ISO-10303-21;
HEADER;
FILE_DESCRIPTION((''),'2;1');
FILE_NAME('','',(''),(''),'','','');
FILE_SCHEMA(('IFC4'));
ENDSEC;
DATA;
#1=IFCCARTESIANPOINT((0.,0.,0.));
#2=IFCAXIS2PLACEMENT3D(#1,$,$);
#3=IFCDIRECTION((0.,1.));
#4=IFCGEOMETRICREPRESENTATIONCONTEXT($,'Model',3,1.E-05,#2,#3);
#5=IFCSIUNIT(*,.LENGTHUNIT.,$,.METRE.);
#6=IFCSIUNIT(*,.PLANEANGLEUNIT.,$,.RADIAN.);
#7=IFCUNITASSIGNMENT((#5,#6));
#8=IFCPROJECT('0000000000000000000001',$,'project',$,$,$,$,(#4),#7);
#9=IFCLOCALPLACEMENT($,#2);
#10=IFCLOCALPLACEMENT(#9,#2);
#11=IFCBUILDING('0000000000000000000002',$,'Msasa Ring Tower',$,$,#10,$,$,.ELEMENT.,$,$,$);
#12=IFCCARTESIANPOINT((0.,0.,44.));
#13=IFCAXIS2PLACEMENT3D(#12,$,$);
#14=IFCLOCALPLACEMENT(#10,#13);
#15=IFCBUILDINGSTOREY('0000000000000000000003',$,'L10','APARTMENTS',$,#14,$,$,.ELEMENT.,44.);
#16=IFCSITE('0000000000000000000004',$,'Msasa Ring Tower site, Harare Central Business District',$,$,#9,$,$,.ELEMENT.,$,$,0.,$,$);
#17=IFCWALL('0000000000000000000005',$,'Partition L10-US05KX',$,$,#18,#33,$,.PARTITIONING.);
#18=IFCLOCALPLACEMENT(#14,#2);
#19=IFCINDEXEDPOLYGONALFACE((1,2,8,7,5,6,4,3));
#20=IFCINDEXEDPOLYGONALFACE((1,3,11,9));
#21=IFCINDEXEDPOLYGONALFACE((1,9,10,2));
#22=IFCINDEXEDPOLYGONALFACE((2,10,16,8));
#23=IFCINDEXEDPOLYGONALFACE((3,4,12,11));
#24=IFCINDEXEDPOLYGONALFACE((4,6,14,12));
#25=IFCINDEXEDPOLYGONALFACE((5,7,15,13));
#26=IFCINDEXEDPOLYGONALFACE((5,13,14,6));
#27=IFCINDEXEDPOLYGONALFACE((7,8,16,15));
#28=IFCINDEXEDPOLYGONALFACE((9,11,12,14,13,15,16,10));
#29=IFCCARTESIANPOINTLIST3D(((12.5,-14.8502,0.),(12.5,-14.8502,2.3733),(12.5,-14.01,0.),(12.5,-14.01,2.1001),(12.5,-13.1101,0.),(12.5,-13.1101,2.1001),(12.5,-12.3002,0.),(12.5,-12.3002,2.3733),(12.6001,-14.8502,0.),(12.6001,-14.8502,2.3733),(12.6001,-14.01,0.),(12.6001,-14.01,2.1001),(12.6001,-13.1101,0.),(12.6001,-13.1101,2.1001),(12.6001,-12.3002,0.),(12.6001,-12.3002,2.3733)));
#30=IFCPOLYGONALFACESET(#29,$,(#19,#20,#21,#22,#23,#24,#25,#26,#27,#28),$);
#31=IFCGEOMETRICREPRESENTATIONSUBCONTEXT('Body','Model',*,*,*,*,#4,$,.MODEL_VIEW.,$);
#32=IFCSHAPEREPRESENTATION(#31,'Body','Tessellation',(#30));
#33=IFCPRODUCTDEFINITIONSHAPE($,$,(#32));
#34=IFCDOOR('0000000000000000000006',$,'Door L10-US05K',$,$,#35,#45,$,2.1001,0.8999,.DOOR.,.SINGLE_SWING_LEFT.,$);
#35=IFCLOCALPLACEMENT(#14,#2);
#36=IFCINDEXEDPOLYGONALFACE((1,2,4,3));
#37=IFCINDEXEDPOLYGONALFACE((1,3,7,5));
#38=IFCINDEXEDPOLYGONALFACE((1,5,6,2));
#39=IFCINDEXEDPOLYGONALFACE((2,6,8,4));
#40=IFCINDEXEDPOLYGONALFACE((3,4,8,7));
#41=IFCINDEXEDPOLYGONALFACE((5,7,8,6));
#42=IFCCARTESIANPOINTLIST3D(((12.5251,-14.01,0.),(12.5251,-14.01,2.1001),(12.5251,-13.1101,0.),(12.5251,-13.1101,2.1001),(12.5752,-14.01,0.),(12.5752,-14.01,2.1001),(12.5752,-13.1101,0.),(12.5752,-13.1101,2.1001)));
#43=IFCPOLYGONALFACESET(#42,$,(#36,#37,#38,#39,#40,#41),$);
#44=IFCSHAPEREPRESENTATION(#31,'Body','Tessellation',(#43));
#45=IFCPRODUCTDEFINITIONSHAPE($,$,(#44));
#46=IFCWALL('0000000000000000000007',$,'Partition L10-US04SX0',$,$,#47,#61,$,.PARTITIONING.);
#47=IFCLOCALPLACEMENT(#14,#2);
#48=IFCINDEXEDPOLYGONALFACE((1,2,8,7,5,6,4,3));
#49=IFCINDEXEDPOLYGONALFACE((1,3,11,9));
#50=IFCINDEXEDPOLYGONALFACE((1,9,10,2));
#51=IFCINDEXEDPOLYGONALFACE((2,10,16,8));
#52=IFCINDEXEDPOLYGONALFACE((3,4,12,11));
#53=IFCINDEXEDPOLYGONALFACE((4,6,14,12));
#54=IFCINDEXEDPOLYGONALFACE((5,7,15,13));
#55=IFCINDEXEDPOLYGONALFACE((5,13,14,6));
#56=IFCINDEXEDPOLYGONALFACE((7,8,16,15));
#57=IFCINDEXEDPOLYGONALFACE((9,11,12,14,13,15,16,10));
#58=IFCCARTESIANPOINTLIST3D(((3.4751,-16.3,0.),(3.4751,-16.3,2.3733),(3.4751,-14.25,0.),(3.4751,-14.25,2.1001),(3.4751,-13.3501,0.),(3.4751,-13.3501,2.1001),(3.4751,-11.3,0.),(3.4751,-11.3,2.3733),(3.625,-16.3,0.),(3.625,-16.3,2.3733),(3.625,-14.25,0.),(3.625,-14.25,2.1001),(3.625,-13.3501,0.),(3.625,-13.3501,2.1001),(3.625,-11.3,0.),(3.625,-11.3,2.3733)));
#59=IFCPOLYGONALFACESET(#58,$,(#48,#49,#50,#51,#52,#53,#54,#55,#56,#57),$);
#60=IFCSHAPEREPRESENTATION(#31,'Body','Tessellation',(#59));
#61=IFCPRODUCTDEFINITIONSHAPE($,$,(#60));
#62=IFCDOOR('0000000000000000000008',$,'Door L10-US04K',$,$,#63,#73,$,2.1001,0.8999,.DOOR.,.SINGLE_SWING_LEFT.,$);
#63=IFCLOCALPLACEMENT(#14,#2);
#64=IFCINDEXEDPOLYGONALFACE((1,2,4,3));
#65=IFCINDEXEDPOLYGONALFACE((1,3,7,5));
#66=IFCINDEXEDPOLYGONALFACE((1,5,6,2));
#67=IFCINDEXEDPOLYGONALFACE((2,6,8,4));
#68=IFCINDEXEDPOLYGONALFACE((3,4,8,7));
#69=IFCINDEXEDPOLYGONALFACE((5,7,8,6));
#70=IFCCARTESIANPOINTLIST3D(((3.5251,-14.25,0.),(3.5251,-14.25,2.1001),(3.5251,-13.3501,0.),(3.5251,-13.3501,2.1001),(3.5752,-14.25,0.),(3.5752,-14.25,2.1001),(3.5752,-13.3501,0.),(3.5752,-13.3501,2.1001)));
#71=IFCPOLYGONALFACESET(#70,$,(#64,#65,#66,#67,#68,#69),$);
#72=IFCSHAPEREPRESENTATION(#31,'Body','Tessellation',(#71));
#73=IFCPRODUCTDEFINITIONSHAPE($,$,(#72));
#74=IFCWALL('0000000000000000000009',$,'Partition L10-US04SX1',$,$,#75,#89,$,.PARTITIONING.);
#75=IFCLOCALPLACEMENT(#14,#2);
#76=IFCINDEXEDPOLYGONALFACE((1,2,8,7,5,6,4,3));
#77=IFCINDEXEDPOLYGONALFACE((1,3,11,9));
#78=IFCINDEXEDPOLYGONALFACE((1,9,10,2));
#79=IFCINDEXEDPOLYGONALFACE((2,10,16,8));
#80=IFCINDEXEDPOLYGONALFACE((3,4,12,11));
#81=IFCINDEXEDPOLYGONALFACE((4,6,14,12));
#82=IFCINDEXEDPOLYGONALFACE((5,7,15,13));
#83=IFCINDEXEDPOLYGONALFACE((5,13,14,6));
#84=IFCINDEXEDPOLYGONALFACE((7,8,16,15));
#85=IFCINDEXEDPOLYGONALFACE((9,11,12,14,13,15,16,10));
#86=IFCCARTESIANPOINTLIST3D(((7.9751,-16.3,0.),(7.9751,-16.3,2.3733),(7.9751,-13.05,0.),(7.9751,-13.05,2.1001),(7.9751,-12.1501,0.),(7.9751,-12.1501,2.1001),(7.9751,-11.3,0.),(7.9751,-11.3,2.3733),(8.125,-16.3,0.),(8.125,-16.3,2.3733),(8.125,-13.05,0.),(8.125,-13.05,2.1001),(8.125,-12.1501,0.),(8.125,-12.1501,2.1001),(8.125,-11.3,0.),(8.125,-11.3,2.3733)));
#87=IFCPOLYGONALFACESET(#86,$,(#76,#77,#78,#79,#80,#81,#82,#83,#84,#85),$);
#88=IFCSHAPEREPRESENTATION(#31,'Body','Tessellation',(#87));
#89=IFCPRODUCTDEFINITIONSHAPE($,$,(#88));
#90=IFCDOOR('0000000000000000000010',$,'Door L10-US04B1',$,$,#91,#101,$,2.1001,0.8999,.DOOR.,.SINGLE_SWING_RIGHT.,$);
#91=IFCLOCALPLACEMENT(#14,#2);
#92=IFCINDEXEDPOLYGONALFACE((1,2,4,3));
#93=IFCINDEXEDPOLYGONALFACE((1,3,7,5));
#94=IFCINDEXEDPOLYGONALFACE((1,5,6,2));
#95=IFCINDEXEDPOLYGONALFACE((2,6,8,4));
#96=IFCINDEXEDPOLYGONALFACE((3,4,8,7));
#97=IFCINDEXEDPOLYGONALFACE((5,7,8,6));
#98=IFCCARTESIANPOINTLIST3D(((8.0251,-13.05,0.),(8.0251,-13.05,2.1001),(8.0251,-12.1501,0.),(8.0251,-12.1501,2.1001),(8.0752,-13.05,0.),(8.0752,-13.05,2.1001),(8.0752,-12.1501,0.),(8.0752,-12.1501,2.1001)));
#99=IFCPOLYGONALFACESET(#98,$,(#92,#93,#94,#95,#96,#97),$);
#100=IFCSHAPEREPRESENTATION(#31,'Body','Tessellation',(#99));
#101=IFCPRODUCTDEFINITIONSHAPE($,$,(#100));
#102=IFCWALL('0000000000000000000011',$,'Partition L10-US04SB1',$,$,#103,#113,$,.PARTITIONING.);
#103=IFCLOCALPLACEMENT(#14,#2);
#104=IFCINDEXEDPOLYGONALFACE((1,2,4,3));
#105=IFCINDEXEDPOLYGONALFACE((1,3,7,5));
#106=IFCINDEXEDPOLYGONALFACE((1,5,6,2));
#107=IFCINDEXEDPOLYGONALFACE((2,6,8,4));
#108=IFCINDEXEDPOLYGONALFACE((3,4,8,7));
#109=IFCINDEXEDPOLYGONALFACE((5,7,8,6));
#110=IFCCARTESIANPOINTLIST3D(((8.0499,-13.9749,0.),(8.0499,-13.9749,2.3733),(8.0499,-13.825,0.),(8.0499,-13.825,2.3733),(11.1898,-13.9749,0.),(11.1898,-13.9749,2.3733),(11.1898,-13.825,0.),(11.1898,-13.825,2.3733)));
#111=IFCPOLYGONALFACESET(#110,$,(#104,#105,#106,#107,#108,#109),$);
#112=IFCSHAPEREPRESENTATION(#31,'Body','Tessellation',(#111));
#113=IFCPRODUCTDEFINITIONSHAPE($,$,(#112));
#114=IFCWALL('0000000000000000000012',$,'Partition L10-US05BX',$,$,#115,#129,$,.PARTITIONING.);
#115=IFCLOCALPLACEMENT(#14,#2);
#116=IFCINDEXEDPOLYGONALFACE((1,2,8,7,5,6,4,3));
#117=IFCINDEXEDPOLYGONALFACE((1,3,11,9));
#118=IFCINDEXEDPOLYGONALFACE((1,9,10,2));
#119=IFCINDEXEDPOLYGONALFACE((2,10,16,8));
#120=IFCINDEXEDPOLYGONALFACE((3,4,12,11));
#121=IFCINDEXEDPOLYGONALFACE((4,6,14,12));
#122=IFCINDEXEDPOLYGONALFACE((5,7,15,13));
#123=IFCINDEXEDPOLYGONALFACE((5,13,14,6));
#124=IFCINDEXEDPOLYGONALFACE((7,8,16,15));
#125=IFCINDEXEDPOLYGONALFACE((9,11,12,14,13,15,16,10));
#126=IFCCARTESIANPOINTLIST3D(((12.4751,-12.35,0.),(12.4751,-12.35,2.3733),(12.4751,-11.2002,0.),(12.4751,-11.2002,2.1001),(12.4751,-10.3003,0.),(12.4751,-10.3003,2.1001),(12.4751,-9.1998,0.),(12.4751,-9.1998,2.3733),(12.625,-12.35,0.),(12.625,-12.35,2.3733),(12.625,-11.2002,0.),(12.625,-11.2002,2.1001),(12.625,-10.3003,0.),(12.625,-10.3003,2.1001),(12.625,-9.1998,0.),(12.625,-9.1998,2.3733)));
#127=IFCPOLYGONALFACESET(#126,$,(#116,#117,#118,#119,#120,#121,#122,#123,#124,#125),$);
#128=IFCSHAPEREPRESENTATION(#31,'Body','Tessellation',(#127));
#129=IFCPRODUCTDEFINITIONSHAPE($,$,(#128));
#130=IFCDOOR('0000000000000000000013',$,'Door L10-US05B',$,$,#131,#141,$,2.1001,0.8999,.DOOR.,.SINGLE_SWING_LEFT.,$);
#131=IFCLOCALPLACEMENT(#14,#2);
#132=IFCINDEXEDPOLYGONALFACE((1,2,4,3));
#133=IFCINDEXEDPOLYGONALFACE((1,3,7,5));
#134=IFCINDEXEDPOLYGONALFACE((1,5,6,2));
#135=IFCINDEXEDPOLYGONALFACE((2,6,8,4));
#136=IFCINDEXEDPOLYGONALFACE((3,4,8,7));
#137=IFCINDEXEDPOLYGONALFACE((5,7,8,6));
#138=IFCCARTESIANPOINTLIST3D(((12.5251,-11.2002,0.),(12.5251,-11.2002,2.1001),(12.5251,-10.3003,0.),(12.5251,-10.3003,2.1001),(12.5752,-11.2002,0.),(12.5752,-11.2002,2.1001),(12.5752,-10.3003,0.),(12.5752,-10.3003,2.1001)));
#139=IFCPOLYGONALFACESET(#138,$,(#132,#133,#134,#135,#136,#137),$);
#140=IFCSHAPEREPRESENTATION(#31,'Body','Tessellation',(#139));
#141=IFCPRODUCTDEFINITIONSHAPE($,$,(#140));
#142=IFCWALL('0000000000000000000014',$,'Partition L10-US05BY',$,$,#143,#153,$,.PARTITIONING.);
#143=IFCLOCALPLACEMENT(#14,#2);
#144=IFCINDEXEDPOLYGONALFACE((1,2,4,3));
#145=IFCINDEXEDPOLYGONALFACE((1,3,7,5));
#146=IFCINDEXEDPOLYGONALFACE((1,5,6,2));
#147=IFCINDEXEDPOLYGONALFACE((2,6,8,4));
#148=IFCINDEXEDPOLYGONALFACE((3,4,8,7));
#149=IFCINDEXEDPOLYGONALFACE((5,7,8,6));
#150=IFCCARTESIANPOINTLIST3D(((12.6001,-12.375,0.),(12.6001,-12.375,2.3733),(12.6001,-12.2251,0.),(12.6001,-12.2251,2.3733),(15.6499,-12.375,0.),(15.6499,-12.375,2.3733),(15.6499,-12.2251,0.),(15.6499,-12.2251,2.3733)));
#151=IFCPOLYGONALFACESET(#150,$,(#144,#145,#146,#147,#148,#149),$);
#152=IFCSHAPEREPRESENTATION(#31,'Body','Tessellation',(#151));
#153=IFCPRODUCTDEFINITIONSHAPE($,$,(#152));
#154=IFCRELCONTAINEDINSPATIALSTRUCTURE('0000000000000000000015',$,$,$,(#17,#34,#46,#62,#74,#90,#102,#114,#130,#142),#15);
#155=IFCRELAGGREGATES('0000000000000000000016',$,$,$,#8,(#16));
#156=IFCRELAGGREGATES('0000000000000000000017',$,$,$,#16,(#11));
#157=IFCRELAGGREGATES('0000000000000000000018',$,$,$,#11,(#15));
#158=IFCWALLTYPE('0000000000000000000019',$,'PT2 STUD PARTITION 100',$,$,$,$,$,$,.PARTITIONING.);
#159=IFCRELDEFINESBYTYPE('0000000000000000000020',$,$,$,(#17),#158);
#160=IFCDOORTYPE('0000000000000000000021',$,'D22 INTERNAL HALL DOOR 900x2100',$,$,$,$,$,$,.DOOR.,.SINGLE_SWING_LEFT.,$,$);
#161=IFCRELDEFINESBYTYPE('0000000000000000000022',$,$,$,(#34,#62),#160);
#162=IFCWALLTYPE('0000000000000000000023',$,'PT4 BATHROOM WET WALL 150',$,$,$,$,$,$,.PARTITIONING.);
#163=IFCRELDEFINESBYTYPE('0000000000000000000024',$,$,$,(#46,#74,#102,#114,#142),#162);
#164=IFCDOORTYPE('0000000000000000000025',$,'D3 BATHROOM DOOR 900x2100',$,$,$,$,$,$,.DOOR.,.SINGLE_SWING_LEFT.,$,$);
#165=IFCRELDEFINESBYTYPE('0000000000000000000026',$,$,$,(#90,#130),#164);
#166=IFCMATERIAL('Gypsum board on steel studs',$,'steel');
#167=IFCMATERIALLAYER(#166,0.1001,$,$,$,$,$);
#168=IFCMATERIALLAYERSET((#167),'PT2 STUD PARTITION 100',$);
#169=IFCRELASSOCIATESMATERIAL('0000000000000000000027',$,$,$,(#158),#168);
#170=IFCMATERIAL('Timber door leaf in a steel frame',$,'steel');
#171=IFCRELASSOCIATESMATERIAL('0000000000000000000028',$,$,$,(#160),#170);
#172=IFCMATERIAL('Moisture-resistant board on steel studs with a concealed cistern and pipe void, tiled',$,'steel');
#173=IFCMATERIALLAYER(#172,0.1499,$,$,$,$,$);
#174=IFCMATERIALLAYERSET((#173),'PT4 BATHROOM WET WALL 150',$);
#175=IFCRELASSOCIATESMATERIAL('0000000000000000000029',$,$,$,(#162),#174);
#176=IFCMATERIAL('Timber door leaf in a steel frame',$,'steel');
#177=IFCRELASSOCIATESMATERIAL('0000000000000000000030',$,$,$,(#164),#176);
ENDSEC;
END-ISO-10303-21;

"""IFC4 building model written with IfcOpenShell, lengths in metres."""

from ifc_helpers import new_model, si_unit, direction, frame, frame_2d, origin, place, context, subcontext, project, spatial, rectangle, extrude, material, layer, layer_set, type_object, element, fill, save


model = new_model("IFC4")

# Units and contexts
model_context = context("Model", 3, precision=1e-05, world=origin(), true_north=direction((0.0, 1.0)))
body_context = subcontext(model_context, "Body", "Model", "MODEL_VIEW")
ifc_project = project(units=[si_unit("LENGTHUNIT", "METRE"), si_unit("PLANEANGLEUNIT", "RADIAN")], contexts=[model_context])

# Site, building, storey
site_placement = place(None, origin())
site = spatial("IfcSite", under=ifc_project, at=site_placement, Name="Msasa Ring Tower site, Harare Central Business District", CompositionType="ELEMENT", RefElevation=0.0)
building_placement = place(site_placement, origin())
building = spatial("IfcBuilding", under=site, at=building_placement, Name="Msasa Ring Tower", CompositionType="ELEMENT")
storey_placement = place(building_placement, frame((0.0, 0.0, 44.0)))
storey = spatial("IfcBuildingStorey", under=building, at=storey_placement, Name="L10", Description="APARTMENTS", CompositionType="ELEMENT", Elevation=44.0)

# Shared definitions
ifc_material_1 = material(Name="Gypsum board on steel studs", Category="steel")
ifc_layer_1 = layer(ifc_material_1, 0.1001)
ifc_layer_set_1 = layer_set([ifc_layer_1], Name="PT2 STUD PARTITION 100")
wall_type_1 = type_object("IfcWallType", Name="PT2 STUD PARTITION 100", PredefinedType="PARTITIONING", material=ifc_layer_set_1)

# Shared definitions
ifc_material_2 = material(Name="Timber door leaf in a steel frame", Category="steel")
door_type_1 = type_object("IfcDoorType", Name="D22 INTERNAL HALL DOOR 900x2100", OperationType="SINGLE_SWING_LEFT", PredefinedType="DOOR", material=ifc_material_2)

# Walls, openings, doors
wall_1_placement = place(storey_placement, frame((12.55, -14.8501, 0.0), z_axis=(0.0, 0.0, 1.0), x_axis=(0.0, 1.0, 0.0)))
wall_1 = element("IfcWall", 1, at=wall_1_placement, inside=storey, type_object=wall_type_1, Name="Partition L10-US05KX", PredefinedType="PARTITIONING", context=body_context, shape_type="SweptSolid", body=[
    extrude(rectangle(XDim=2.55, YDim=0.1001, at=frame_2d((1.2749, 0.0))), origin(), (0.0, 0.0, 1.0), 2.3733),
])
opening_1_placement = place(wall_1_placement, frame((0.8401, 0.0, 0.0)))
opening_1 = element("IfcOpeningElement", 2, at=opening_1_placement, cuts=wall_1, PredefinedType="OPENING", context=body_context, shape_type="SweptSolid", body=[
    extrude(rectangle(XDim=0.8999, YDim=2.1001, at=frame_2d((0.45, 1.05))), frame((0.0, 0.0601, 0.0), z_axis=(0.0, -1.0, 0.0), x_axis=(1.0, 0.0, 0.0)), (0.0, 0.0, 1.0), 0.1201),
])
door_1_placement = place(opening_1_placement, origin())
door_1 = element("IfcDoor", 3, at=door_1_placement, inside=storey, type_object=door_type_1, Name="Door L10-US05K", OperationType="SINGLE_SWING_LEFT", OverallHeight=2.1001, OverallWidth=0.8999, PredefinedType="DOOR", context=body_context, shape_type="SweptSolid", body=[
    extrude(rectangle(XDim=0.8999, YDim=2.1001, at=frame_2d((0.45, 1.05))), frame((0.0, 0.0249, 0.0), z_axis=(0.0, -1.0, 0.0), x_axis=(1.0, 0.0, 0.0)), (0.0, 0.0, 1.0), 0.05),
])
fill(opening_1, door_1)
ifc_material_3 = material(Name="Moisture-resistant board on steel studs with a concealed cistern and pipe void, tiled", Category="steel")
ifc_layer_2 = layer(ifc_material_3, 0.1499)
ifc_layer_set_2 = layer_set([ifc_layer_2], Name="PT4 BATHROOM WET WALL 150")
wall_type_2 = type_object("IfcWallType", Name="PT4 BATHROOM WET WALL 150", PredefinedType="PARTITIONING", material=ifc_layer_set_2)
wall_2_placement = place(storey_placement, frame((3.55, -16.3, 0.0), z_axis=(0.0, 0.0, 1.0), x_axis=(0.0, 1.0, 0.0)))
wall_2 = element("IfcWall", 4, at=wall_2_placement, inside=storey, type_object=wall_type_2, Name="Partition L10-US04SX0", PredefinedType="PARTITIONING", context=body_context, shape_type="SweptSolid", body=[
    extrude(rectangle(XDim=5.0, YDim=0.1499, at=frame_2d((2.5, 0.0))), origin(), (0.0, 0.0, 1.0), 2.3733),
])
opening_2_placement = place(wall_2_placement, frame((2.05, 0.0, 0.0)))
opening_2 = element("IfcOpeningElement", 5, at=opening_2_placement, cuts=wall_2, PredefinedType="OPENING", context=body_context, shape_type="SweptSolid", body=[
    extrude(rectangle(XDim=0.8999, YDim=2.1001, at=frame_2d((0.45, 1.05))), frame((0.0, 0.085, 0.0), z_axis=(0.0, -1.0, 0.0), x_axis=(1.0, 0.0, 0.0)), (0.0, 0.0, 1.0), 0.1699),
])
door_2_placement = place(opening_2_placement, origin())
door_2 = element("IfcDoor", 6, at=door_2_placement, inside=storey, type_object=door_type_1, Name="Door L10-US04K", OperationType="SINGLE_SWING_LEFT", OverallHeight=2.1001, OverallWidth=0.8999, PredefinedType="DOOR", context=body_context, shape_type="SweptSolid", body=[
    extrude(rectangle(XDim=0.8999, YDim=2.1001, at=frame_2d((0.45, 1.05))), frame((0.0, 0.0249, 0.0), z_axis=(0.0, -1.0, 0.0), x_axis=(1.0, 0.0, 0.0)), (0.0, 0.0, 1.0), 0.05),
])
fill(opening_2, door_2)
wall_3_placement = place(storey_placement, frame((8.05, -16.3, 0.0), z_axis=(0.0, 0.0, 1.0), x_axis=(0.0, 1.0, 0.0)))
wall_3 = element("IfcWall", 7, at=wall_3_placement, inside=storey, type_object=wall_type_2, Name="Partition L10-US04SX1", PredefinedType="PARTITIONING", context=body_context, shape_type="SweptSolid", body=[
    extrude(rectangle(XDim=5.0, YDim=0.1499, at=frame_2d((2.5, 0.0))), origin(), (0.0, 0.0, 1.0), 2.3733),
])
opening_3_placement = place(wall_3_placement, frame((3.25, 0.0, 0.0)))
opening_3 = element("IfcOpeningElement", 8, at=opening_3_placement, cuts=wall_3, PredefinedType="OPENING", context=body_context, shape_type="SweptSolid", body=[
    extrude(rectangle(XDim=0.8999, YDim=2.1001, at=frame_2d((0.45, 1.05))), frame((0.0, 0.085, 0.0), z_axis=(0.0, -1.0, 0.0), x_axis=(1.0, 0.0, 0.0)), (0.0, 0.0, 1.0), 0.1699),
])
ifc_material_4 = material(Name="Timber door leaf in a steel frame", Category="steel")
door_type_2 = type_object("IfcDoorType", Name="D3 BATHROOM DOOR 900x2100", OperationType="SINGLE_SWING_LEFT", PredefinedType="DOOR", material=ifc_material_4)
door_3_placement = place(opening_3_placement, origin())
door_3 = element("IfcDoor", 9, at=door_3_placement, inside=storey, type_object=door_type_2, Name="Door L10-US04B1", OperationType="SINGLE_SWING_RIGHT", OverallHeight=2.1001, OverallWidth=0.8999, PredefinedType="DOOR", context=body_context, shape_type="SweptSolid", body=[
    extrude(rectangle(XDim=0.8999, YDim=2.1001, at=frame_2d((0.45, 1.05))), frame((0.0, 0.0249, 0.0), z_axis=(0.0, -1.0, 0.0), x_axis=(1.0, 0.0, 0.0)), (0.0, 0.0, 1.0), 0.05),
])
fill(opening_3, door_3)

# Wall
wall_4_placement = place(storey_placement, frame((8.05, -13.8999, 0.0), z_axis=(0.0, 0.0, 1.0), x_axis=(1.0, 0.0, 0.0)))
element("IfcWall", 10, at=wall_4_placement, inside=storey, type_object=wall_type_2, Name="Partition L10-US04SB1", PredefinedType="PARTITIONING", context=body_context, shape_type="SweptSolid", body=[
    extrude(rectangle(XDim=3.1399, YDim=0.1499, at=frame_2d((1.5698, 0.0))), origin(), (0.0, 0.0, 1.0), 2.3733),
])

# Wall, opening, door
wall_5_placement = place(storey_placement, frame((12.55, -12.3501, 0.0), z_axis=(0.0, 0.0, 1.0), x_axis=(0.0, 1.0, 0.0)))
wall_5 = element("IfcWall", 11, at=wall_5_placement, inside=storey, type_object=wall_type_2, Name="Partition L10-US05BX", PredefinedType="PARTITIONING", context=body_context, shape_type="SweptSolid", body=[
    extrude(rectangle(XDim=3.1501, YDim=0.1499, at=frame_2d((1.5752, 0.0))), origin(), (0.0, 0.0, 1.0), 2.3733),
])
opening_4_placement = place(wall_5_placement, frame((1.1499, 0.0, 0.0)))
opening_4 = element("IfcOpeningElement", 12, at=opening_4_placement, cuts=wall_5, PredefinedType="OPENING", context=body_context, shape_type="SweptSolid", body=[
    extrude(rectangle(XDim=0.8999, YDim=2.1001, at=frame_2d((0.45, 1.05))), frame((0.0, 0.085, 0.0), z_axis=(0.0, -1.0, 0.0), x_axis=(1.0, 0.0, 0.0)), (0.0, 0.0, 1.0), 0.1699),
])
door_4_placement = place(opening_4_placement, origin())
door_4 = element("IfcDoor", 13, at=door_4_placement, inside=storey, type_object=door_type_2, Name="Door L10-US05B", OperationType="SINGLE_SWING_LEFT", OverallHeight=2.1001, OverallWidth=0.8999, PredefinedType="DOOR", context=body_context, shape_type="SweptSolid", body=[
    extrude(rectangle(XDim=0.8999, YDim=2.1001, at=frame_2d((0.45, 1.05))), frame((0.0, 0.0249, 0.0), z_axis=(0.0, -1.0, 0.0), x_axis=(1.0, 0.0, 0.0)), (0.0, 0.0, 1.0), 0.05),
])
fill(opening_4, door_4)

# Wall
wall_6_placement = place(storey_placement, frame((12.6001, -12.3, 0.0), z_axis=(0.0, 0.0, 1.0), x_axis=(1.0, 0.0, 0.0)))
element("IfcWall", 14, at=wall_6_placement, inside=storey, type_object=wall_type_2, Name="Partition L10-US05BY", PredefinedType="PARTITIONING", context=body_context, shape_type="SweptSolid", body=[
    extrude(rectangle(XDim=3.0498, YDim=0.1499, at=frame_2d((1.5249, 0.0))), origin(), (0.0, 0.0, 1.0), 2.3733),
])

save(model, "model.ifc")
